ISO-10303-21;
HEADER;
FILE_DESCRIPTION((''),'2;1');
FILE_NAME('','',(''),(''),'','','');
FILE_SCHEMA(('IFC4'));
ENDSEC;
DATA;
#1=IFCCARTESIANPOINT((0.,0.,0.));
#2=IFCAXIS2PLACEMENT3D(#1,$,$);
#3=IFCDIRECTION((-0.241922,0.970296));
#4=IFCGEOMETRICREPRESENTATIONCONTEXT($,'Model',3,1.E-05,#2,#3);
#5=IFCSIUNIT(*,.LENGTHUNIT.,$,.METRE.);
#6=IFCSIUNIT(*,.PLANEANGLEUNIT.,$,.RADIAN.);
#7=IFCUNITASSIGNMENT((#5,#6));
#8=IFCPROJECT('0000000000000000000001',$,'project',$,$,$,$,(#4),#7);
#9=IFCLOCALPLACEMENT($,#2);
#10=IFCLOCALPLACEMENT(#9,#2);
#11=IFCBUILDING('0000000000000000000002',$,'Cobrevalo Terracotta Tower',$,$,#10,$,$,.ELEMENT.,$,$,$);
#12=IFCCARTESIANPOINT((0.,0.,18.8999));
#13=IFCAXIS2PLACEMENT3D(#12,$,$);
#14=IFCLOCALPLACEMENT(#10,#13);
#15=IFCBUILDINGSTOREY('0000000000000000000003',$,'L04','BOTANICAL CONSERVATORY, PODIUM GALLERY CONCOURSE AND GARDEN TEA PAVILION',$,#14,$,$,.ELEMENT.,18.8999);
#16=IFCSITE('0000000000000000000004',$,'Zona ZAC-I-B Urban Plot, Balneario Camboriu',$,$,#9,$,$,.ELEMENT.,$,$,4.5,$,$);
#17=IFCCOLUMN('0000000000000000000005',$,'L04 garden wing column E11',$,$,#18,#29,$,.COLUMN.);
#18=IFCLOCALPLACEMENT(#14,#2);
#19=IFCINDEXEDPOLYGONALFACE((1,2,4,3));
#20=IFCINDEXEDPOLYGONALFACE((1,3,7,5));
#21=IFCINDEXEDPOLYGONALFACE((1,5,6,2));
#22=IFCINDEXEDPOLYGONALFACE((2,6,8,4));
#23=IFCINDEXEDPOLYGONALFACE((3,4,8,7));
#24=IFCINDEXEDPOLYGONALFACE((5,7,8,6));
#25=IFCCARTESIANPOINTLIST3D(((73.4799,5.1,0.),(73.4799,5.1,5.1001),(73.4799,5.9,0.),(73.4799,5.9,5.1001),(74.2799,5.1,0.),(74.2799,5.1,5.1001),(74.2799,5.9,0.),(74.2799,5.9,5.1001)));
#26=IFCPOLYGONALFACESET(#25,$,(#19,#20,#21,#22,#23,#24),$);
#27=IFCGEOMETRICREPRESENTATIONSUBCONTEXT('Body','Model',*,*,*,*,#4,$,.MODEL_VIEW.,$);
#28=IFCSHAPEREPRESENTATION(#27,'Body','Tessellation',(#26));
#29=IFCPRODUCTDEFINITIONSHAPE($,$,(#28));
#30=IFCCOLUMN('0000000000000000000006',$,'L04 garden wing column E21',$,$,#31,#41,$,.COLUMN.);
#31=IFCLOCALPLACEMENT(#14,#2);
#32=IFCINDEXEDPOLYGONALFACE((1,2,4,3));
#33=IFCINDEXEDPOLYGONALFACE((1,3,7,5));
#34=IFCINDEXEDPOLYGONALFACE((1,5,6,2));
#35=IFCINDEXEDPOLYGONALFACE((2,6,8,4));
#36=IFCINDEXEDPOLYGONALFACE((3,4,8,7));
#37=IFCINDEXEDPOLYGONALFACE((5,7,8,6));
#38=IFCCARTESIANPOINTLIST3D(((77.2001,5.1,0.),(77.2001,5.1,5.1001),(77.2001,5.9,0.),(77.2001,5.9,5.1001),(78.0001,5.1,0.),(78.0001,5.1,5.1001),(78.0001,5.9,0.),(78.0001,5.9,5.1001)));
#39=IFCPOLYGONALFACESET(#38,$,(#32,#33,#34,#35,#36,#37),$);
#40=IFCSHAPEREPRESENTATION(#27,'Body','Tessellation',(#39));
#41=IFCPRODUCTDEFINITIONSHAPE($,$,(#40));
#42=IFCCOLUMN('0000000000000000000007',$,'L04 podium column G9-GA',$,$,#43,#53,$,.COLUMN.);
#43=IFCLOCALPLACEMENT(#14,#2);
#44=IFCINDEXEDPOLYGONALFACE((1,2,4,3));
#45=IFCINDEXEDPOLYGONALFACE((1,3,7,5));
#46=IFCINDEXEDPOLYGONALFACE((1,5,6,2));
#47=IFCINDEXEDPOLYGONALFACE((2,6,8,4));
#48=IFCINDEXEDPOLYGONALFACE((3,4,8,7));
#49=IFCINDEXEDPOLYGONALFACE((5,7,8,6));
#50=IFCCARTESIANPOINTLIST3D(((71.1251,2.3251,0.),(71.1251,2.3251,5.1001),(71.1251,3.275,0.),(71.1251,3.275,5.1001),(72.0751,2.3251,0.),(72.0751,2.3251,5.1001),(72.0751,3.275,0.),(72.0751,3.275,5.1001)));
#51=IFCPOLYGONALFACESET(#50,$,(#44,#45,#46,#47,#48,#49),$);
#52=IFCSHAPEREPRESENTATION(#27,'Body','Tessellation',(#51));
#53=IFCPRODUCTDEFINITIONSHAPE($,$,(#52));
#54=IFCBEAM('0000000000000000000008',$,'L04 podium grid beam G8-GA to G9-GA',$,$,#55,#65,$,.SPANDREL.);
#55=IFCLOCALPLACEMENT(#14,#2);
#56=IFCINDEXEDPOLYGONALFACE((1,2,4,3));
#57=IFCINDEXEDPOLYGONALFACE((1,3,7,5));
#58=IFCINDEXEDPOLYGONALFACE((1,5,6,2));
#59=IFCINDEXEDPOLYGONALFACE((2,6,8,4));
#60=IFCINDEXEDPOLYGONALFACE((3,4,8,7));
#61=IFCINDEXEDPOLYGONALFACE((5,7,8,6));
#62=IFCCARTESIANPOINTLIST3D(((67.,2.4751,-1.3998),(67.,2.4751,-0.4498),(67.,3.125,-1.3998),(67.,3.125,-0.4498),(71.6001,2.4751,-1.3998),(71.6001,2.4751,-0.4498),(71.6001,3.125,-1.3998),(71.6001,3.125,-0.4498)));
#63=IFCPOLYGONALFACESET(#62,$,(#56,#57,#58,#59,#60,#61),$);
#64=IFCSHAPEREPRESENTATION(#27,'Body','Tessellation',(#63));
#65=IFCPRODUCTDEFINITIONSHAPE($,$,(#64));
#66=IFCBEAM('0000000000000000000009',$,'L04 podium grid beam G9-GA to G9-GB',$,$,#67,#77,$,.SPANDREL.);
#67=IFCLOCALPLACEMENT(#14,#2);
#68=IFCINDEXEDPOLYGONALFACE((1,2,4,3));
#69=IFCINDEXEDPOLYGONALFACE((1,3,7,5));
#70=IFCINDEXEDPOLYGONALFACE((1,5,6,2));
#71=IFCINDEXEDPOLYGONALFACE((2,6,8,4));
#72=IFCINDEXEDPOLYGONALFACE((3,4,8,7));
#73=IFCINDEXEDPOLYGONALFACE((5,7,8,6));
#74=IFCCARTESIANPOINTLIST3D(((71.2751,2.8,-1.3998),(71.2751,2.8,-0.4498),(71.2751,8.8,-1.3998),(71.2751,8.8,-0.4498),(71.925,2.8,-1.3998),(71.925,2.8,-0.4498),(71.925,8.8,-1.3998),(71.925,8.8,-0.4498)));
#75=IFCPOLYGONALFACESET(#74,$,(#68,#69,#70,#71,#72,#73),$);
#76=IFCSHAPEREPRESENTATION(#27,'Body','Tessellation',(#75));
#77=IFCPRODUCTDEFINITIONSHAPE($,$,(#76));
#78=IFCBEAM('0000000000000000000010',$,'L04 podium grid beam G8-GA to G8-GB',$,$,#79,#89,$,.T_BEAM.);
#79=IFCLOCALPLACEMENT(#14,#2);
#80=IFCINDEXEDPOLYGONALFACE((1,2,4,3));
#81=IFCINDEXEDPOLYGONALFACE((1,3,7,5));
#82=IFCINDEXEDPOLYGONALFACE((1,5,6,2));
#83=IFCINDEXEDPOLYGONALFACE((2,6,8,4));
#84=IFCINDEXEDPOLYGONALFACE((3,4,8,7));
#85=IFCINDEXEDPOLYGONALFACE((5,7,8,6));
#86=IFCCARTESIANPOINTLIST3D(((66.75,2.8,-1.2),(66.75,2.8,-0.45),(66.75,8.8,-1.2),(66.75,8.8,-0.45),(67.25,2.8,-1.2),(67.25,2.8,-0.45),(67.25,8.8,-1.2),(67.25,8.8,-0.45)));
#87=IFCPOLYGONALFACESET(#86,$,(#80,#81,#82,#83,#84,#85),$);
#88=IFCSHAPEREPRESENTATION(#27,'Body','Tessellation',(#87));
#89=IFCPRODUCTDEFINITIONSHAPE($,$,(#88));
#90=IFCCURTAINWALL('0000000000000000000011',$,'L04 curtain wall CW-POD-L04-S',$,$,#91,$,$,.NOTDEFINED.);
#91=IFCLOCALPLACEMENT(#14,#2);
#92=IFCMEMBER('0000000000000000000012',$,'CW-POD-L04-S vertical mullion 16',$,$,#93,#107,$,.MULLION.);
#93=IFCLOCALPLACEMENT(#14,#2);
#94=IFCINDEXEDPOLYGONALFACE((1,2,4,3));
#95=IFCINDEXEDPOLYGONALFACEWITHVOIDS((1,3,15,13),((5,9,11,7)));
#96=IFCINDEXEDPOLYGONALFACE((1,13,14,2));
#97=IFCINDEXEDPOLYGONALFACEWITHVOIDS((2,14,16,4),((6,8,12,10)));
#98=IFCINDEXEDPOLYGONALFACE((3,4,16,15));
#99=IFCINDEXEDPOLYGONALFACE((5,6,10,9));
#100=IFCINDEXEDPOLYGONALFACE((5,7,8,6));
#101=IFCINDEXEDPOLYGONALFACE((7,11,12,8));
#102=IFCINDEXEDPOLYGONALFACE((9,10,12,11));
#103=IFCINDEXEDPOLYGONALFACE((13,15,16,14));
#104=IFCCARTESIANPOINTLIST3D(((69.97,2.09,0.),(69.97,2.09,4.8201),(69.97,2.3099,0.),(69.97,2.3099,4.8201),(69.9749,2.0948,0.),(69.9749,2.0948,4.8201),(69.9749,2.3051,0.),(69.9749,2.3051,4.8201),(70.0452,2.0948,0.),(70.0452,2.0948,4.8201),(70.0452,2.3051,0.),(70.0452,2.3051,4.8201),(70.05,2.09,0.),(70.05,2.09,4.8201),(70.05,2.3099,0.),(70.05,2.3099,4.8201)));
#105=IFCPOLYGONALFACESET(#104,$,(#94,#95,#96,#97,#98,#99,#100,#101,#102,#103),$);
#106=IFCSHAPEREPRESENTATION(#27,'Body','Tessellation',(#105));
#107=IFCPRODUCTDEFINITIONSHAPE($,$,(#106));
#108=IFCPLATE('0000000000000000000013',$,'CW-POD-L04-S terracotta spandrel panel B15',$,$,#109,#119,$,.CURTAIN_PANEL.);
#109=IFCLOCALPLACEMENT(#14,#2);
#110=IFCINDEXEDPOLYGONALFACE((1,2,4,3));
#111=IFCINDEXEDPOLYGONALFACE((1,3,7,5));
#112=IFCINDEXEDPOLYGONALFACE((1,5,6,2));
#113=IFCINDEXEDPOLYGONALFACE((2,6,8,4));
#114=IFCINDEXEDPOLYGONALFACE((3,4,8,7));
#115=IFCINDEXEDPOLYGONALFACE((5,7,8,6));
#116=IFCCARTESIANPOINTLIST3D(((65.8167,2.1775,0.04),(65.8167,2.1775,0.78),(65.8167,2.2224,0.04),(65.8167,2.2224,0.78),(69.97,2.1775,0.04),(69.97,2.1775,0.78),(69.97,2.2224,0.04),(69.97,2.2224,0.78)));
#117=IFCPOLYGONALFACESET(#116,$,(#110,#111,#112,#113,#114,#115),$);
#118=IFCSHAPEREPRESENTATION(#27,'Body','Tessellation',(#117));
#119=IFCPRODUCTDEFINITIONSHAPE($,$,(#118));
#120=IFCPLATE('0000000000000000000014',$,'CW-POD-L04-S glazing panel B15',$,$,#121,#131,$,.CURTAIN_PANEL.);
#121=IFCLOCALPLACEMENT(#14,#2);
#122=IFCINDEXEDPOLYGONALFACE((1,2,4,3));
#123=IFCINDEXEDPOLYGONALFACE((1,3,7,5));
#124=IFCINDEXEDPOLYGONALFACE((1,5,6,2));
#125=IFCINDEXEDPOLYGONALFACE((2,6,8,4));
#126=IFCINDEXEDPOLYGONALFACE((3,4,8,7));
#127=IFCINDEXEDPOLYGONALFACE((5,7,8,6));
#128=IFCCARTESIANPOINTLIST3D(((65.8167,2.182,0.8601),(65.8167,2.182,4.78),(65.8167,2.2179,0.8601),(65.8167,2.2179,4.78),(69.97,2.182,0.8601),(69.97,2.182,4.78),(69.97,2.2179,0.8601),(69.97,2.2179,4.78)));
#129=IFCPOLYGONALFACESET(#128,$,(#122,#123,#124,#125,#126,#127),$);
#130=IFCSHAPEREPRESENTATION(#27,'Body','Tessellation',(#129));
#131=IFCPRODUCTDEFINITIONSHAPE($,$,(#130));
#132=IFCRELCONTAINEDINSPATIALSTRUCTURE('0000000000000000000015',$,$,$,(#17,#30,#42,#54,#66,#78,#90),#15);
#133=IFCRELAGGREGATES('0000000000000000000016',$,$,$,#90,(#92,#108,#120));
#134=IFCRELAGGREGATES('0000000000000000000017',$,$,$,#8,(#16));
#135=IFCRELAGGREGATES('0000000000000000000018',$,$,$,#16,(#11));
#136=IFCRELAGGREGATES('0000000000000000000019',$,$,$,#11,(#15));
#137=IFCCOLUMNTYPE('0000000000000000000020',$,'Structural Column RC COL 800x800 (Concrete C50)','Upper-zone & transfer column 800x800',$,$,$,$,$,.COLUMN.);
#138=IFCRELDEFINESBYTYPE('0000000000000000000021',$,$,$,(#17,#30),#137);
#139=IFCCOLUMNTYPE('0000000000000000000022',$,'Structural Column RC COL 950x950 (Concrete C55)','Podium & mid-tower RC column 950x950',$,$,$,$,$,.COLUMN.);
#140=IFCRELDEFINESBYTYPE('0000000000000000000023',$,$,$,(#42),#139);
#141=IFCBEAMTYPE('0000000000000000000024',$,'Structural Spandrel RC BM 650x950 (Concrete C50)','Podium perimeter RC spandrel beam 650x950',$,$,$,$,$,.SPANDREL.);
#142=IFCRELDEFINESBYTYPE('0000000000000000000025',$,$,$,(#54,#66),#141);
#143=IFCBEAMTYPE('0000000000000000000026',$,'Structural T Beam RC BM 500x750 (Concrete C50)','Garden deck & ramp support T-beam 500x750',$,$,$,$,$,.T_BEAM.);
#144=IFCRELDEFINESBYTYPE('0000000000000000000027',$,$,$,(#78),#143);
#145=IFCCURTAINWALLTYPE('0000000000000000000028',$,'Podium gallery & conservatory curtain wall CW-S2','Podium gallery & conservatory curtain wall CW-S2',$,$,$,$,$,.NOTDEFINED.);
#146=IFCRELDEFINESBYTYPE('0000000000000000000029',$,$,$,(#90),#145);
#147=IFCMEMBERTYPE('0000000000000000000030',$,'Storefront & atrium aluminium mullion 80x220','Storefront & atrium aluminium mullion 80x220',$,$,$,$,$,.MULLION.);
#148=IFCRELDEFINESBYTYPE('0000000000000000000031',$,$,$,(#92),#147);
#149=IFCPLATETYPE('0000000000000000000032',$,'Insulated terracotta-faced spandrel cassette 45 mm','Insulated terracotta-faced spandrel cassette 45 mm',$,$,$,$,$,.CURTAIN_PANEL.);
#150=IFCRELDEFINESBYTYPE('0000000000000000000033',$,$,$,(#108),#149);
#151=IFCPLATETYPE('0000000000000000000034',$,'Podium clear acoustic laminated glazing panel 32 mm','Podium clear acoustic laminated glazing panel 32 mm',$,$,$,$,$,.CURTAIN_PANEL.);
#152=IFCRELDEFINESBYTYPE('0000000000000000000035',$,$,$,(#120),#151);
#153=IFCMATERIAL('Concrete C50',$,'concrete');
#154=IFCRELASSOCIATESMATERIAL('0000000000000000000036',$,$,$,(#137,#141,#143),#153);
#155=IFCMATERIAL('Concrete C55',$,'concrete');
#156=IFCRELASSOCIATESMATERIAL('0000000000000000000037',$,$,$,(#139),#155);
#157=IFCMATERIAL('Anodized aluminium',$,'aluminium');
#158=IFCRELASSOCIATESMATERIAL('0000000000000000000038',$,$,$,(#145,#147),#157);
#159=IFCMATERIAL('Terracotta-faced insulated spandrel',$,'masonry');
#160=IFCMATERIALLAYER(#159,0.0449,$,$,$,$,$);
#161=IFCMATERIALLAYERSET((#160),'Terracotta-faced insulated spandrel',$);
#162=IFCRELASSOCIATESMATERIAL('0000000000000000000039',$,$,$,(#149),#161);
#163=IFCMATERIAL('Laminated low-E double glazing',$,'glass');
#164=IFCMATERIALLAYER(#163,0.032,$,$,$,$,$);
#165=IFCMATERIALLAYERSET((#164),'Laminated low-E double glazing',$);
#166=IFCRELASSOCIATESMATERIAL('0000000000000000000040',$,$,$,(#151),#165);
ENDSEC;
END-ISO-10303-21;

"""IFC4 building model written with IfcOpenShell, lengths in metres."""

from ifc_helpers import new_model, si_unit, direction, frame, origin, origin_2d, place, context, subcontext, project, spatial, rectangle, hollow_rectangle, extrude, source, transform, mapped, material, layer, layer_set, material_profile, profile_set, type_object, element, aggregate, save


model = new_model("IFC4")

# Units and contexts
model_context = context("Model", 3, precision=1e-05, world=origin(), true_north=direction((-0.241922, 0.970296)))
body_context = subcontext(model_context, "Body", "Model", "MODEL_VIEW")
ifc_project = project(units=[si_unit("LENGTHUNIT", "METRE"), si_unit("PLANEANGLEUNIT", "RADIAN")], contexts=[model_context])

# Site, building, storey
site_placement = place(None, origin())
site = spatial("IfcSite", under=ifc_project, at=site_placement, Name="Zona ZAC-I-B Urban Plot, Balneario Camboriu", CompositionType="ELEMENT", RefElevation=4.5)
building_placement = place(site_placement, origin())
building = spatial("IfcBuilding", under=site, at=building_placement, Name="Cobrevalo Terracotta Tower", CompositionType="ELEMENT")
storey_placement = place(building_placement, frame((0.0, 0.0, 18.8999)))
storey = spatial("IfcBuildingStorey", under=building, at=storey_placement, Name="L04", Description="BOTANICAL CONSERVATORY, PODIUM GALLERY CONCOURSE AND GARDEN TEA PAVILION", CompositionType="ELEMENT", Elevation=18.8999)

# Columns
ifc_material_1 = material(Name="Concrete C50", Category="concrete")
ifc_material_profile_1 = material_profile(ifc_material_1, rectangle(XDim=0.8, YDim=0.8, at=origin_2d()), Name="RC COL 800x800")
ifc_profile_set_1 = profile_set([ifc_material_profile_1], Name="Concrete C50")
column_type_1 = type_object("IfcColumnType", Name="Structural Column RC COL 800x800 (Concrete C50)", Description="Upper-zone & transfer column 800x800", PredefinedType="COLUMN", material=ifc_profile_set_1)
for number, where, z_axis, x_axis, name in (
    (1, (73.8799, 5.5, 0.0), (0.0, 0.0, 1.0), (1.0, 0.0, 0.0), "L04 garden wing column E11"),
    (2, (77.6001, 5.5, 0.0), (0.0, 0.0, 1.0), (1.0, 0.0, 0.0), "L04 garden wing column E21"),
):
    element("IfcColumn", number, at=place(storey_placement, frame(where, z_axis=z_axis, x_axis=x_axis)), inside=storey, type_object=column_type_1, Name=name, PredefinedType="COLUMN", context=body_context, shape_type="SweptSolid", body=[
        extrude(rectangle(XDim=0.8, YDim=0.8, at=origin_2d()), origin(), (0.0, 0.0, 1.0), 5.1001),
    ])
ifc_material_2 = material(Name="Concrete C55", Category="concrete")
ifc_material_profile_2 = material_profile(ifc_material_2, rectangle(XDim=0.95, YDim=0.95, at=origin_2d()), Name="RC COL 950x950")
ifc_profile_set_2 = profile_set([ifc_material_profile_2], Name="Concrete C55")
column_type_2 = type_object("IfcColumnType", Name="Structural Column RC COL 950x950 (Concrete C55)", Description="Podium & mid-tower RC column 950x950", PredefinedType="COLUMN", material=ifc_profile_set_2)
column_placement = place(storey_placement, frame((71.6001, 2.8, 0.0), z_axis=(0.0, 0.0, 1.0), x_axis=(1.0, 0.0, 0.0)))
element("IfcColumn", 3, at=column_placement, inside=storey, type_object=column_type_2, Name="L04 podium column G9-GA", PredefinedType="COLUMN", context=body_context, shape_type="SweptSolid", body=[
    extrude(rectangle(XDim=0.95, YDim=0.95, at=origin_2d()), origin(), (0.0, 0.0, 1.0), 5.1001),
])

# Beams
ifc_material_profile_3 = material_profile(ifc_material_1, rectangle(XDim=0.6499, YDim=0.95, at=origin_2d()), Name="RC BM 650x950")
ifc_profile_set_3 = profile_set([ifc_material_profile_3], Name="Concrete C50")
beam_type_1 = type_object("IfcBeamType", Name="Structural Spandrel RC BM 650x950 (Concrete C50)", Description="Podium perimeter RC spandrel beam 650x950", PredefinedType="SPANDREL", material=ifc_profile_set_3)
beam_1_placement = place(storey_placement, frame((67.0, 2.8, -0.9248), z_axis=(1.0, 0.0, 0.0), x_axis=(0.0, 1.0, 0.0)))
element("IfcBeam", 4, at=beam_1_placement, inside=storey, type_object=beam_type_1, Name="L04 podium grid beam G8-GA to G9-GA", PredefinedType="SPANDREL", context=body_context, shape_type="SweptSolid", body=[
    extrude(rectangle(XDim=0.6499, YDim=0.95, at=origin_2d()), origin(), (0.0, 0.0, 1.0), 4.6001),
])
beam_2_placement = place(storey_placement, frame((71.6001, 2.8, -0.9248), z_axis=(0.0, 1.0, 0.0), x_axis=(-1.0, 0.0, 0.0)))
element("IfcBeam", 5, at=beam_2_placement, inside=storey, type_object=beam_type_1, Name="L04 podium grid beam G9-GA to G9-GB", PredefinedType="SPANDREL", context=body_context, shape_type="SweptSolid", body=[
    extrude(rectangle(XDim=0.6499, YDim=0.95, at=origin_2d()), origin(), (0.0, 0.0, 1.0), 6.0),
])
ifc_material_profile_4 = material_profile(ifc_material_1, rectangle(XDim=0.5, YDim=0.75, at=origin_2d()), Name="RC BM 500x750")
ifc_profile_set_4 = profile_set([ifc_material_profile_4], Name="Concrete C50")
beam_type_2 = type_object("IfcBeamType", Name="Structural T Beam RC BM 500x750 (Concrete C50)", Description="Garden deck & ramp support T-beam 500x750", PredefinedType="T_BEAM", material=ifc_profile_set_4)
beam_3_placement = place(storey_placement, frame((67.0, 2.8, -0.825), z_axis=(0.0, 1.0, 0.0), x_axis=(-1.0, 0.0, 0.0)))
element("IfcBeam", 6, at=beam_3_placement, inside=storey, type_object=beam_type_2, Name="L04 podium grid beam G8-GA to G8-GB", PredefinedType="T_BEAM", context=body_context, shape_type="SweptSolid", body=[
    extrude(rectangle(XDim=0.5, YDim=0.75, at=origin_2d()), origin(), (0.0, 0.0, 1.0), 6.0),
])

# Curtain wall, member, plates
ifc_material_3 = material(Name="Anodized aluminium", Category="aluminium")
curtain_wall_type = type_object("IfcCurtainWallType", Name="Podium gallery & conservatory curtain wall CW-S2", Description="Podium gallery & conservatory curtain wall CW-S2", PredefinedType="NOTDEFINED", material=ifc_material_3)
curtain_wall_placement = place(storey_placement, origin())
curtain_wall = element("IfcCurtainWall", 7, at=curtain_wall_placement, inside=storey, type_object=curtain_wall_type, Name="L04 curtain wall CW-POD-L04-S", PredefinedType="NOTDEFINED")
ifc_material_profile_5 = material_profile(ifc_material_3, hollow_rectangle(XDim=0.0801, YDim=0.22, WallThickness=0.0049, at=origin_2d()), Name="CWM 80x220")
ifc_profile_set_5 = profile_set([ifc_material_profile_5], Name="Anodized aluminium")
member_type = type_object("IfcMemberType", Name="Storefront & atrium aluminium mullion 80x220", Description="Storefront & atrium aluminium mullion 80x220", PredefinedType="MULLION", material=ifc_profile_set_5)
shared_shape_1 = source(origin(), body_context, "Body", "SweptSolid", [
    extrude(hollow_rectangle(XDim=0.0801, YDim=0.22, WallThickness=0.0049, at=origin_2d()), origin(), (0.0, 0.0, 1.0), 4.8201),
])
member_placement = place(storey_placement, frame((70.01, 2.2, 0.0), z_axis=(0.0, 0.0, 1.0), x_axis=(1.0, 0.0, 0.0)))
member = element("IfcMember", 8, at=member_placement, type_object=member_type, Name="CW-POD-L04-S vertical mullion 16", PredefinedType="MULLION", context=body_context, shape_type="MappedRepresentation", body=[
    mapped(shared_shape_1, transform((0.0, 0.0, 0.0), scale=1.0)),
])
ifc_material_4 = material(Name="Terracotta-faced insulated spandrel", Category="masonry")
ifc_layer_1 = layer(ifc_material_4, 0.0449)
ifc_layer_set_1 = layer_set([ifc_layer_1], Name="Terracotta-faced insulated spandrel")
plate_type_1 = type_object("IfcPlateType", Name="Insulated terracotta-faced spandrel cassette 45 mm", Description="Insulated terracotta-faced spandrel cassette 45 mm", PredefinedType="CURTAIN_PANEL", material=ifc_layer_set_1)
shared_shape_2 = source(origin(), body_context, "Body", "SweptSolid", [
    extrude(rectangle(XDim=4.1533, YDim=0.0449, at=origin_2d()), origin(), (0.0, 0.0, 1.0), 0.74),
])
plate_1_placement = place(storey_placement, frame((67.8933, 2.2, 0.04), z_axis=(0.0, 0.0, 1.0), x_axis=(1.0, 0.0, 0.0)))
plate_1 = element("IfcPlate", 9, at=plate_1_placement, type_object=plate_type_1, Name="CW-POD-L04-S terracotta spandrel panel B15", PredefinedType="CURTAIN_PANEL", context=body_context, shape_type="MappedRepresentation", body=[
    mapped(shared_shape_2, transform((0.0, 0.0, 0.0), scale=1.0)),
])
ifc_material_5 = material(Name="Laminated low-E double glazing", Category="glass")
ifc_layer_2 = layer(ifc_material_5, 0.032)
ifc_layer_set_2 = layer_set([ifc_layer_2], Name="Laminated low-E double glazing")
plate_type_2 = type_object("IfcPlateType", Name="Podium clear acoustic laminated glazing panel 32 mm", Description="Podium clear acoustic laminated glazing panel 32 mm", PredefinedType="CURTAIN_PANEL", material=ifc_layer_set_2)
shared_shape_3 = source(origin(), body_context, "Body", "SweptSolid", [
    extrude(rectangle(XDim=4.1533, YDim=0.0359, at=origin_2d()), origin(), (0.0, 0.0, 1.0), 3.9199),
])
plate_2_placement = place(storey_placement, frame((67.8933, 2.2, 0.8601), z_axis=(0.0, 0.0, 1.0), x_axis=(1.0, 0.0, 0.0)))
plate_2 = element("IfcPlate", 10, at=plate_2_placement, type_object=plate_type_2, Name="CW-POD-L04-S glazing panel B15", PredefinedType="CURTAIN_PANEL", context=body_context, shape_type="MappedRepresentation", body=[
    mapped(shared_shape_3, transform((0.0, 0.0, 0.0), scale=1.0)),
])
aggregate(curtain_wall, [member, plate_1, plate_2])

save(model, "model.ifc")
